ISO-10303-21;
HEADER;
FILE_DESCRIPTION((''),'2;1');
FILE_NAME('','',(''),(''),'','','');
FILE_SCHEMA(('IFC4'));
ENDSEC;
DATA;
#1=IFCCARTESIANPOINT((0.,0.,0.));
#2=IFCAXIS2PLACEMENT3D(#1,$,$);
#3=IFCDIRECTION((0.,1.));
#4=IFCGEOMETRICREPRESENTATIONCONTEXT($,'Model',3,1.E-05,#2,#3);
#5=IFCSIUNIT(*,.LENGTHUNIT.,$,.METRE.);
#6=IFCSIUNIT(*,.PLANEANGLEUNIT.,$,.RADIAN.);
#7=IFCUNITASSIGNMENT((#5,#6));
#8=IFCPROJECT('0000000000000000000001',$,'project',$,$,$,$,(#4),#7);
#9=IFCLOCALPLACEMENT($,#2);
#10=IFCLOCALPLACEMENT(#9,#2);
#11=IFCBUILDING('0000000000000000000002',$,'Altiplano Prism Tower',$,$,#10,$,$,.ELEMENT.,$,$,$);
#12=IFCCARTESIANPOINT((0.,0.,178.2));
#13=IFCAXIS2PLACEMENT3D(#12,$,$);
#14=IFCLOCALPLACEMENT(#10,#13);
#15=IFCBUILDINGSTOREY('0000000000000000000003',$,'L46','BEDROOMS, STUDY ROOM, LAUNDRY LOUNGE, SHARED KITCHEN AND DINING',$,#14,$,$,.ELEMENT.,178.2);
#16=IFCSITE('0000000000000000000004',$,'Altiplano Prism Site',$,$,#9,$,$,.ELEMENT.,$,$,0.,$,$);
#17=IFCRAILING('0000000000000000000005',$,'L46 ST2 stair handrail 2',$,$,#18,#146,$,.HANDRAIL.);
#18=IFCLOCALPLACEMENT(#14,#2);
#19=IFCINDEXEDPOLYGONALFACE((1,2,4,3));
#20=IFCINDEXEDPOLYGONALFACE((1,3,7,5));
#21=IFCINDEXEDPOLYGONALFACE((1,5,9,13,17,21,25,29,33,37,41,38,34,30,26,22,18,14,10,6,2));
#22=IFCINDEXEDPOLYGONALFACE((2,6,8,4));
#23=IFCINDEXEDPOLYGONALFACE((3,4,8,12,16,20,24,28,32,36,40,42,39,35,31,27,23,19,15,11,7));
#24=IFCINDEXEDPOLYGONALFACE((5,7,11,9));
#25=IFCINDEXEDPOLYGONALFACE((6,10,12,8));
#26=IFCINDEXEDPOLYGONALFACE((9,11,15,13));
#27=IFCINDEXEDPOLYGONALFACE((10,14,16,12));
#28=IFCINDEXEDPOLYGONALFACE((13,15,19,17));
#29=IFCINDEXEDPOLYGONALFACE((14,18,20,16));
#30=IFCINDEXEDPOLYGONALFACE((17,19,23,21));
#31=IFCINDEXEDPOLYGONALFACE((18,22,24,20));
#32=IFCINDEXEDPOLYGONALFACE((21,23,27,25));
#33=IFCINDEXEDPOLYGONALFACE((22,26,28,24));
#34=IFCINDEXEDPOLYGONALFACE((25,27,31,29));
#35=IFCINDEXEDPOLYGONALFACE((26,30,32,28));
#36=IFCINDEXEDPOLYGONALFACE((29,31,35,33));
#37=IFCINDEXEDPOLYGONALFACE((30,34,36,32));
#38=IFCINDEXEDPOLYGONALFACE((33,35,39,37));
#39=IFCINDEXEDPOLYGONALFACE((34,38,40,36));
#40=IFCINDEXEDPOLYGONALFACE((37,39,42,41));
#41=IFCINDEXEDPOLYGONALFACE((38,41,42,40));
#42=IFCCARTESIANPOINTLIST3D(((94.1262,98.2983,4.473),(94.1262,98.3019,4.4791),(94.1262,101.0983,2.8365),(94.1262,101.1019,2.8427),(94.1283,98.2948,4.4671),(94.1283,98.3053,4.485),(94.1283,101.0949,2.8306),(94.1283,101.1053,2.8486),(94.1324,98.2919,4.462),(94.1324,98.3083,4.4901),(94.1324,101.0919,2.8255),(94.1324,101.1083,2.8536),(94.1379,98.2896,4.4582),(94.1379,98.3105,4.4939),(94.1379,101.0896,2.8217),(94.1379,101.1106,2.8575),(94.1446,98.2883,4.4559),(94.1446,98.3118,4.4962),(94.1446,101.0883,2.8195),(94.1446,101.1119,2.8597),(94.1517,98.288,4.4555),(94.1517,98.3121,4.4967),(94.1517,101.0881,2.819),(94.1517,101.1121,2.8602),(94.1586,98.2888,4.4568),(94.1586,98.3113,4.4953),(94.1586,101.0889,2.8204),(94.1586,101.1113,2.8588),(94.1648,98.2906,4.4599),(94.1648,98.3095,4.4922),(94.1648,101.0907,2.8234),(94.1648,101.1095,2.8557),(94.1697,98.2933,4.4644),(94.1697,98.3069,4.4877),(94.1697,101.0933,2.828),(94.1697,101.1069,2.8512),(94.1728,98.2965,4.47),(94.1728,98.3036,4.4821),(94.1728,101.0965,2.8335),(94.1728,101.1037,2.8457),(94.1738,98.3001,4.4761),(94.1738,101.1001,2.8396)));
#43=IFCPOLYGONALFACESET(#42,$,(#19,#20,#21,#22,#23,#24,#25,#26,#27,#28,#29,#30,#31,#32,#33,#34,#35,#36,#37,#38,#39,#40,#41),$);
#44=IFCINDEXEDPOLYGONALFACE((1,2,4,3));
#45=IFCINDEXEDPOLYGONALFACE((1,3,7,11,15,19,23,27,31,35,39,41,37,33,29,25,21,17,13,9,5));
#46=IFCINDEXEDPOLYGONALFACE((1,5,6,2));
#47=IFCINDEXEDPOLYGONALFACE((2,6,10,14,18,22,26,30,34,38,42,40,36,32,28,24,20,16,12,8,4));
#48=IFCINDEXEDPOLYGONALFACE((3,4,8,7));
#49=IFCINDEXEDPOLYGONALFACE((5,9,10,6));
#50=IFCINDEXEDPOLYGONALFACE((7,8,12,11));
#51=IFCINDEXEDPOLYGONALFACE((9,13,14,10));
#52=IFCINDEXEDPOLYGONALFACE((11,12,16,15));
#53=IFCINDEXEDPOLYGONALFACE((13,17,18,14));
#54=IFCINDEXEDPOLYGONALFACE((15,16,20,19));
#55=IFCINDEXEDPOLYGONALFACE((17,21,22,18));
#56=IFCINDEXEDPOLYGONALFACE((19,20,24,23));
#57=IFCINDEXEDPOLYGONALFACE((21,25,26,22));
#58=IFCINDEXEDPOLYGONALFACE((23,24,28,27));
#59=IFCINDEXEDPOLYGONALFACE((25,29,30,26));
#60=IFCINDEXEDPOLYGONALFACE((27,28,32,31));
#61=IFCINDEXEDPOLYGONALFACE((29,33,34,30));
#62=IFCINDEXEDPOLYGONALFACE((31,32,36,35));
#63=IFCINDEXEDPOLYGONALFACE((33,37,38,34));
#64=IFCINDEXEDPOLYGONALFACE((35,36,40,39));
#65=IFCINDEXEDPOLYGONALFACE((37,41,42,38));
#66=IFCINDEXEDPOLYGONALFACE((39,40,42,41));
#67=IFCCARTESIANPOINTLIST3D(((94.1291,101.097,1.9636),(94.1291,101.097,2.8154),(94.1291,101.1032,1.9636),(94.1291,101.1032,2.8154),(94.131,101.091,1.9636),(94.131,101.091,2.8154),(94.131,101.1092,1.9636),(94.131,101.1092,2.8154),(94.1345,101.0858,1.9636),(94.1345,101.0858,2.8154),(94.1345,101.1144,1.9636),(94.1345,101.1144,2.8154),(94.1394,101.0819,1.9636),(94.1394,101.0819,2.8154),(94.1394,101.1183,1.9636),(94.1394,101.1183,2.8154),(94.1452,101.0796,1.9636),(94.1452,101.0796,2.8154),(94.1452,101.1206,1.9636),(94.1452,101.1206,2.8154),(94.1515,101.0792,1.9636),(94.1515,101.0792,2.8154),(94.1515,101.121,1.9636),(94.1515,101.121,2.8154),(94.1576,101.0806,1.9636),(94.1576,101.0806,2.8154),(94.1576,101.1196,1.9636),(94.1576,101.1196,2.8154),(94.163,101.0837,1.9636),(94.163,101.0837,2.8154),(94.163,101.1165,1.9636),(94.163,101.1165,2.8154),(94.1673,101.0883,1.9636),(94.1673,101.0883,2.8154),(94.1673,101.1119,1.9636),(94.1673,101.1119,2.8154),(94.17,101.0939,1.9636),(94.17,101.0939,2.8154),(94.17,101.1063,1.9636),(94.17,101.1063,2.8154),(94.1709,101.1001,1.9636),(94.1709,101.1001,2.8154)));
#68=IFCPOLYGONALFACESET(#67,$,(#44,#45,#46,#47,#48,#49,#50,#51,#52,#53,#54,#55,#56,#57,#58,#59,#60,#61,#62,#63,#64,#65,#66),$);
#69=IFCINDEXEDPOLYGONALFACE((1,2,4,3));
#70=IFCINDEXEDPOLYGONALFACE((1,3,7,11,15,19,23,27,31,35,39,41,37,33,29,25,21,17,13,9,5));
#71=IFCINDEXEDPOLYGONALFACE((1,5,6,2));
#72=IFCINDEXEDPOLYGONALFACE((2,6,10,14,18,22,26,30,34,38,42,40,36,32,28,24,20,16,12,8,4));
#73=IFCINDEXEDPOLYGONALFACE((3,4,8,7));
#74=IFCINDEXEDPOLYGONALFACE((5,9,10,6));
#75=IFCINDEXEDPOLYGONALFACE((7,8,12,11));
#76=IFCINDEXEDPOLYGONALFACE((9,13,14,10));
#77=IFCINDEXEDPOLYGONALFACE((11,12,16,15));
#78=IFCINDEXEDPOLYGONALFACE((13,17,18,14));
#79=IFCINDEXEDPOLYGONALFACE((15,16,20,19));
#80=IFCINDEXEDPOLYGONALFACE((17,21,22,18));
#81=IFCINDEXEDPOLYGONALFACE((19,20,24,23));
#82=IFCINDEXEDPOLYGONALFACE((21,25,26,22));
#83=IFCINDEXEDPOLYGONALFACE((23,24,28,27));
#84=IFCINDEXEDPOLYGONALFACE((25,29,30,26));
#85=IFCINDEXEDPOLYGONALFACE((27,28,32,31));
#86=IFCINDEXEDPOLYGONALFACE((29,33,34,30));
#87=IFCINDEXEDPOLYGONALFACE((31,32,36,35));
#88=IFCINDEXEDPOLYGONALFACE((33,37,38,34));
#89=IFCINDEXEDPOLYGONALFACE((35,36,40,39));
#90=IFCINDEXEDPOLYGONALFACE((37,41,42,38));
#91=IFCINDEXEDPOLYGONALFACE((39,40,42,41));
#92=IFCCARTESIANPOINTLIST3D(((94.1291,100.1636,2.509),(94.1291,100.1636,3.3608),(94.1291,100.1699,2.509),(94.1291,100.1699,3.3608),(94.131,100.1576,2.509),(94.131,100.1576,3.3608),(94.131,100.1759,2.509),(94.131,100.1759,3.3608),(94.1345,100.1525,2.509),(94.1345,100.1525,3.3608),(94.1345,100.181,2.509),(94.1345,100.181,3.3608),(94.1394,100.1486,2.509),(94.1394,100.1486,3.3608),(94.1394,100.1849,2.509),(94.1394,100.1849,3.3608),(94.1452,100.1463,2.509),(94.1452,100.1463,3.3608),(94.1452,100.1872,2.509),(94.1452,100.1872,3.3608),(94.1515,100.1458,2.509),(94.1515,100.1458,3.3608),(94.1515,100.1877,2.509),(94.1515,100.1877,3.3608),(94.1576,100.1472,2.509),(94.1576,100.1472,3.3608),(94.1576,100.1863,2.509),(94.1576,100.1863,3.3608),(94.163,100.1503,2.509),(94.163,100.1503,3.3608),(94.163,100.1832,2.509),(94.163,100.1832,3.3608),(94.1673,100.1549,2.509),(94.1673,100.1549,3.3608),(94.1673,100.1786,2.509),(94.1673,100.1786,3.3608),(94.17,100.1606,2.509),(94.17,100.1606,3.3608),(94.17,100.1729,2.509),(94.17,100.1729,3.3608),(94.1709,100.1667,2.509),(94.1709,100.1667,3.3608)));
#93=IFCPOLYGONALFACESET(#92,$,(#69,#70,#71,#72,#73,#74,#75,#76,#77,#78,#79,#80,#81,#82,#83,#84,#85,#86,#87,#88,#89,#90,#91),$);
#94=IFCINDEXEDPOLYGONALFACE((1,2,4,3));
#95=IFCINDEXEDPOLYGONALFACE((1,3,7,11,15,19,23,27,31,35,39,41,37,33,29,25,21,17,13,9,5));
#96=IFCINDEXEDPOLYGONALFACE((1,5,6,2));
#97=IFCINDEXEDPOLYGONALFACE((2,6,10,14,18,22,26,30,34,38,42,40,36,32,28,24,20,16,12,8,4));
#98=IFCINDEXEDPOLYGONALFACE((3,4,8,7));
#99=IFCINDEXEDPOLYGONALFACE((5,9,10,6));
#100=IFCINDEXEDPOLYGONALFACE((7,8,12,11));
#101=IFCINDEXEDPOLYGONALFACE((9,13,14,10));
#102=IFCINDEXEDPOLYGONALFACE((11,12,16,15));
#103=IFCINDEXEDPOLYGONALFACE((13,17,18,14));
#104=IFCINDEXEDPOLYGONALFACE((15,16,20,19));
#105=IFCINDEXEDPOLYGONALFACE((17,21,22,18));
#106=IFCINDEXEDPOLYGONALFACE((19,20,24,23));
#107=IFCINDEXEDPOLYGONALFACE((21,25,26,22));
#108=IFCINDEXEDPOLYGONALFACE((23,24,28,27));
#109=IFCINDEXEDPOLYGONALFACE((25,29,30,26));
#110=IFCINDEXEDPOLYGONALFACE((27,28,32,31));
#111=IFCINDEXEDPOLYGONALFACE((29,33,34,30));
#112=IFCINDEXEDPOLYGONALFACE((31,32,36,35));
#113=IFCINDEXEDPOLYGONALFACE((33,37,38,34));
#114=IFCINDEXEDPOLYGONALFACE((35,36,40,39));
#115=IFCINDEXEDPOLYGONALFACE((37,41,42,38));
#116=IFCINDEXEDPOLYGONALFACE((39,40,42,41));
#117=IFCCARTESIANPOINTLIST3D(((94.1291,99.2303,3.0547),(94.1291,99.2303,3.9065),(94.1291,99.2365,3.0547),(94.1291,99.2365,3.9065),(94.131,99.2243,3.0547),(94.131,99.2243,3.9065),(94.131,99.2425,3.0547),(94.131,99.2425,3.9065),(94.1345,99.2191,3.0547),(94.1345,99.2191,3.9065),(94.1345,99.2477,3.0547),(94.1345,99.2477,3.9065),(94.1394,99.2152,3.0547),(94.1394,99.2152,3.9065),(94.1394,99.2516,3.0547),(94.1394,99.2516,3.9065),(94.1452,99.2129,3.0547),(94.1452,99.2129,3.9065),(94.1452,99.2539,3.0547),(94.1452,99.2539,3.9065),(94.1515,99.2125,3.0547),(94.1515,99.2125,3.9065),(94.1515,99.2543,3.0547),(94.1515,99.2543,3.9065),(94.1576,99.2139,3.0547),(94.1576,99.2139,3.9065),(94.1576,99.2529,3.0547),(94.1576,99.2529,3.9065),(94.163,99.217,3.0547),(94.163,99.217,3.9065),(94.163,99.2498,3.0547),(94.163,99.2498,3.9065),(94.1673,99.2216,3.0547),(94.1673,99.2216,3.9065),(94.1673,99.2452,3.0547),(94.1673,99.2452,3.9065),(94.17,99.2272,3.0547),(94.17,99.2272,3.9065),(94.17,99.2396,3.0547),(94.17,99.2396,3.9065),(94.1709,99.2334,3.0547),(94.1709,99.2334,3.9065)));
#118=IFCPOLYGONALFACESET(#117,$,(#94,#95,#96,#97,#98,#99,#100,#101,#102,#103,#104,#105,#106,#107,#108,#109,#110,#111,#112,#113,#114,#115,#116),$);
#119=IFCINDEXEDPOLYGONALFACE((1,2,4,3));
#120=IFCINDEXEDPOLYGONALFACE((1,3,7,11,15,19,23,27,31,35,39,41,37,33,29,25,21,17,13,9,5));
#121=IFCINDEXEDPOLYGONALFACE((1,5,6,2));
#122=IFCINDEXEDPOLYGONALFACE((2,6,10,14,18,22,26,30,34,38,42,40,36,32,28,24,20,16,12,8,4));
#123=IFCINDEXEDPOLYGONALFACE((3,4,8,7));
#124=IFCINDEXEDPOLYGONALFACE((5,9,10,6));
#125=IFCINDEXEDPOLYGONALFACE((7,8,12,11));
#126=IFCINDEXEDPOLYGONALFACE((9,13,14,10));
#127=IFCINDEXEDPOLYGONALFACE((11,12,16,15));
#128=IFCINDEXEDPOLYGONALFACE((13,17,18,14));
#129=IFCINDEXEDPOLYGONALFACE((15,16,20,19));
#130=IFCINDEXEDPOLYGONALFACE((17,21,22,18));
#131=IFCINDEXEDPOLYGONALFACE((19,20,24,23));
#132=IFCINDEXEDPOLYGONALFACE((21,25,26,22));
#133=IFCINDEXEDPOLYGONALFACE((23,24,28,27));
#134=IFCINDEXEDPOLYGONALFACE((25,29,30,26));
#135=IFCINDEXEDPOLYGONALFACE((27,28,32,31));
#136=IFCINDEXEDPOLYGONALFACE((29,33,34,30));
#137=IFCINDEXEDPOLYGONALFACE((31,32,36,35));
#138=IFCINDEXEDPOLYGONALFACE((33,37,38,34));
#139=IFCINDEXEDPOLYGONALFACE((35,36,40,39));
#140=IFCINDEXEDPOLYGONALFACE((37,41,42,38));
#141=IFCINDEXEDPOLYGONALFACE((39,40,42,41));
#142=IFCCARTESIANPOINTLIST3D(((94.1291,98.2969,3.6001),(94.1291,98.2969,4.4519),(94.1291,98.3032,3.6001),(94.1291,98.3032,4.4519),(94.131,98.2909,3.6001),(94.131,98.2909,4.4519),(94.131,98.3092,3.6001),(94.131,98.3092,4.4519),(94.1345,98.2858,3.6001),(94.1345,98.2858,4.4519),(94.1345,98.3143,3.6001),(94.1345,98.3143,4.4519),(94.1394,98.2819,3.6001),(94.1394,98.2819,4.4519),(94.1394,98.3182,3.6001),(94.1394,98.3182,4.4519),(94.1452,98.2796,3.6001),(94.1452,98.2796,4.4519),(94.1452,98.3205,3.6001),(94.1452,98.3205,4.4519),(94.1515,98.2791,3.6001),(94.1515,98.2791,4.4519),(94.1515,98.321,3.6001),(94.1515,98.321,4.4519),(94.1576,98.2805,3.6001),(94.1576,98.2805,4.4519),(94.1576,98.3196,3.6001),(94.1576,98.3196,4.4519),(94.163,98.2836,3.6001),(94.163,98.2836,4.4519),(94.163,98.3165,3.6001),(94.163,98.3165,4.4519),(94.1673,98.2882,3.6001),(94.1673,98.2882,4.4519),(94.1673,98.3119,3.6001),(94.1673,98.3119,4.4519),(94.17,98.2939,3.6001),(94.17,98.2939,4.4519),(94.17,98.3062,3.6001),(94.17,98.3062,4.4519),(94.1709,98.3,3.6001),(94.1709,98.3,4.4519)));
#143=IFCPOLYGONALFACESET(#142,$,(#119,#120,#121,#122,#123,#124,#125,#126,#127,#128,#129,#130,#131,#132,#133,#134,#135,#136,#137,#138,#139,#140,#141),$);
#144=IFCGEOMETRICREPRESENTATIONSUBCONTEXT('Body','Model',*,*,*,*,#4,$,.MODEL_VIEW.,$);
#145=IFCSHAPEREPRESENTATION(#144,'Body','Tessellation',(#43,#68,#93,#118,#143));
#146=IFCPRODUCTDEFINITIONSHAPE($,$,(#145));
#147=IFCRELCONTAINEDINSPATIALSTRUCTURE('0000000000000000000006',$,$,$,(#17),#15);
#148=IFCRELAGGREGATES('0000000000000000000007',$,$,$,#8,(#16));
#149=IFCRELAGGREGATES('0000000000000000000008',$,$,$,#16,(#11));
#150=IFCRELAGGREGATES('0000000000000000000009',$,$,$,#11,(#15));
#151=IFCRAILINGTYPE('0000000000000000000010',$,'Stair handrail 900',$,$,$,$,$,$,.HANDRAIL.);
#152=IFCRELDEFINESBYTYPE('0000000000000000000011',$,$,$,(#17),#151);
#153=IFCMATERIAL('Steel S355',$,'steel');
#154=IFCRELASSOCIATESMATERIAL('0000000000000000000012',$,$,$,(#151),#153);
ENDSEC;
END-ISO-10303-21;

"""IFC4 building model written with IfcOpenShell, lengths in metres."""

from ifc_helpers import new_model, si_unit, direction, frame, origin, origin_2d, place, context, subcontext, project, spatial, circle, extrude, material, type_object, element, save


model = new_model("IFC4")

# Units and contexts
model_context = context("Model", 3, precision=1e-05, world=origin(), true_north=direction((0.0, 1.0)))
body_context = subcontext(model_context, "Body", "Model", "MODEL_VIEW")
ifc_project = project(units=[si_unit("LENGTHUNIT", "METRE"), si_unit("PLANEANGLEUNIT", "RADIAN")], contexts=[model_context])

# Site, building, storey
site_placement = place(None, origin())
site = spatial("IfcSite", under=ifc_project, at=site_placement, Name="Altiplano Prism Site", CompositionType="ELEMENT", RefElevation=0.0)
building_placement = place(site_placement, origin())
building = spatial("IfcBuilding", under=site, at=building_placement, Name="Altiplano Prism Tower", CompositionType="ELEMENT")
storey_placement = place(building_placement, frame((0.0, 0.0, 178.2)))
storey = spatial("IfcBuildingStorey", under=building, at=storey_placement, Name="L46", Description="BEDROOMS, STUDY ROOM, LAUNDRY LOUNGE, SHARED KITCHEN AND DINING", CompositionType="ELEMENT", Elevation=178.2)

# Railing
ifc_material_1 = material(Name="Steel S355", Category="steel")
railing_type_1 = type_object("IfcRailingType", Name="Stair handrail 900", PredefinedType="HANDRAIL", material=ifc_material_1)
railing_1_placement = place(storey_placement, frame((94.1499, 101.1001, 1.9636)))
element("IfcRailing", 1, at=railing_1_placement, inside=storey, type_object=railing_type_1, Name="L46 ST2 stair handrail 2", PredefinedType="HANDRAIL", context=body_context, shape_type="SweptSolid", body=[
    extrude(circle(Radius=0.0239, at=origin_2d()), frame((0.0, 0.0, 0.876), z_axis=(0.0, -0.863361, 0.504587), x_axis=(1.0, 0.0, 0.0)), (0.0, 0.0, 1.0), 3.2432),
    extrude(circle(Radius=0.021, at=origin_2d()), origin(), (0.0, 0.0, 1.0), 0.8518),
    extrude(circle(Radius=0.021, at=origin_2d()), frame((0.0, -0.9333, 0.5454)), (0.0, 0.0, 1.0), 0.8518),
    extrude(circle(Radius=0.021, at=origin_2d()), frame((0.0, -1.8667, 1.0911)), (0.0, 0.0, 1.0), 0.8518),
    extrude(circle(Radius=0.021, at=origin_2d()), frame((0.0, -2.8, 1.6365)), (0.0, 0.0, 1.0), 0.8518),
])

save(model, "model.ifc")
